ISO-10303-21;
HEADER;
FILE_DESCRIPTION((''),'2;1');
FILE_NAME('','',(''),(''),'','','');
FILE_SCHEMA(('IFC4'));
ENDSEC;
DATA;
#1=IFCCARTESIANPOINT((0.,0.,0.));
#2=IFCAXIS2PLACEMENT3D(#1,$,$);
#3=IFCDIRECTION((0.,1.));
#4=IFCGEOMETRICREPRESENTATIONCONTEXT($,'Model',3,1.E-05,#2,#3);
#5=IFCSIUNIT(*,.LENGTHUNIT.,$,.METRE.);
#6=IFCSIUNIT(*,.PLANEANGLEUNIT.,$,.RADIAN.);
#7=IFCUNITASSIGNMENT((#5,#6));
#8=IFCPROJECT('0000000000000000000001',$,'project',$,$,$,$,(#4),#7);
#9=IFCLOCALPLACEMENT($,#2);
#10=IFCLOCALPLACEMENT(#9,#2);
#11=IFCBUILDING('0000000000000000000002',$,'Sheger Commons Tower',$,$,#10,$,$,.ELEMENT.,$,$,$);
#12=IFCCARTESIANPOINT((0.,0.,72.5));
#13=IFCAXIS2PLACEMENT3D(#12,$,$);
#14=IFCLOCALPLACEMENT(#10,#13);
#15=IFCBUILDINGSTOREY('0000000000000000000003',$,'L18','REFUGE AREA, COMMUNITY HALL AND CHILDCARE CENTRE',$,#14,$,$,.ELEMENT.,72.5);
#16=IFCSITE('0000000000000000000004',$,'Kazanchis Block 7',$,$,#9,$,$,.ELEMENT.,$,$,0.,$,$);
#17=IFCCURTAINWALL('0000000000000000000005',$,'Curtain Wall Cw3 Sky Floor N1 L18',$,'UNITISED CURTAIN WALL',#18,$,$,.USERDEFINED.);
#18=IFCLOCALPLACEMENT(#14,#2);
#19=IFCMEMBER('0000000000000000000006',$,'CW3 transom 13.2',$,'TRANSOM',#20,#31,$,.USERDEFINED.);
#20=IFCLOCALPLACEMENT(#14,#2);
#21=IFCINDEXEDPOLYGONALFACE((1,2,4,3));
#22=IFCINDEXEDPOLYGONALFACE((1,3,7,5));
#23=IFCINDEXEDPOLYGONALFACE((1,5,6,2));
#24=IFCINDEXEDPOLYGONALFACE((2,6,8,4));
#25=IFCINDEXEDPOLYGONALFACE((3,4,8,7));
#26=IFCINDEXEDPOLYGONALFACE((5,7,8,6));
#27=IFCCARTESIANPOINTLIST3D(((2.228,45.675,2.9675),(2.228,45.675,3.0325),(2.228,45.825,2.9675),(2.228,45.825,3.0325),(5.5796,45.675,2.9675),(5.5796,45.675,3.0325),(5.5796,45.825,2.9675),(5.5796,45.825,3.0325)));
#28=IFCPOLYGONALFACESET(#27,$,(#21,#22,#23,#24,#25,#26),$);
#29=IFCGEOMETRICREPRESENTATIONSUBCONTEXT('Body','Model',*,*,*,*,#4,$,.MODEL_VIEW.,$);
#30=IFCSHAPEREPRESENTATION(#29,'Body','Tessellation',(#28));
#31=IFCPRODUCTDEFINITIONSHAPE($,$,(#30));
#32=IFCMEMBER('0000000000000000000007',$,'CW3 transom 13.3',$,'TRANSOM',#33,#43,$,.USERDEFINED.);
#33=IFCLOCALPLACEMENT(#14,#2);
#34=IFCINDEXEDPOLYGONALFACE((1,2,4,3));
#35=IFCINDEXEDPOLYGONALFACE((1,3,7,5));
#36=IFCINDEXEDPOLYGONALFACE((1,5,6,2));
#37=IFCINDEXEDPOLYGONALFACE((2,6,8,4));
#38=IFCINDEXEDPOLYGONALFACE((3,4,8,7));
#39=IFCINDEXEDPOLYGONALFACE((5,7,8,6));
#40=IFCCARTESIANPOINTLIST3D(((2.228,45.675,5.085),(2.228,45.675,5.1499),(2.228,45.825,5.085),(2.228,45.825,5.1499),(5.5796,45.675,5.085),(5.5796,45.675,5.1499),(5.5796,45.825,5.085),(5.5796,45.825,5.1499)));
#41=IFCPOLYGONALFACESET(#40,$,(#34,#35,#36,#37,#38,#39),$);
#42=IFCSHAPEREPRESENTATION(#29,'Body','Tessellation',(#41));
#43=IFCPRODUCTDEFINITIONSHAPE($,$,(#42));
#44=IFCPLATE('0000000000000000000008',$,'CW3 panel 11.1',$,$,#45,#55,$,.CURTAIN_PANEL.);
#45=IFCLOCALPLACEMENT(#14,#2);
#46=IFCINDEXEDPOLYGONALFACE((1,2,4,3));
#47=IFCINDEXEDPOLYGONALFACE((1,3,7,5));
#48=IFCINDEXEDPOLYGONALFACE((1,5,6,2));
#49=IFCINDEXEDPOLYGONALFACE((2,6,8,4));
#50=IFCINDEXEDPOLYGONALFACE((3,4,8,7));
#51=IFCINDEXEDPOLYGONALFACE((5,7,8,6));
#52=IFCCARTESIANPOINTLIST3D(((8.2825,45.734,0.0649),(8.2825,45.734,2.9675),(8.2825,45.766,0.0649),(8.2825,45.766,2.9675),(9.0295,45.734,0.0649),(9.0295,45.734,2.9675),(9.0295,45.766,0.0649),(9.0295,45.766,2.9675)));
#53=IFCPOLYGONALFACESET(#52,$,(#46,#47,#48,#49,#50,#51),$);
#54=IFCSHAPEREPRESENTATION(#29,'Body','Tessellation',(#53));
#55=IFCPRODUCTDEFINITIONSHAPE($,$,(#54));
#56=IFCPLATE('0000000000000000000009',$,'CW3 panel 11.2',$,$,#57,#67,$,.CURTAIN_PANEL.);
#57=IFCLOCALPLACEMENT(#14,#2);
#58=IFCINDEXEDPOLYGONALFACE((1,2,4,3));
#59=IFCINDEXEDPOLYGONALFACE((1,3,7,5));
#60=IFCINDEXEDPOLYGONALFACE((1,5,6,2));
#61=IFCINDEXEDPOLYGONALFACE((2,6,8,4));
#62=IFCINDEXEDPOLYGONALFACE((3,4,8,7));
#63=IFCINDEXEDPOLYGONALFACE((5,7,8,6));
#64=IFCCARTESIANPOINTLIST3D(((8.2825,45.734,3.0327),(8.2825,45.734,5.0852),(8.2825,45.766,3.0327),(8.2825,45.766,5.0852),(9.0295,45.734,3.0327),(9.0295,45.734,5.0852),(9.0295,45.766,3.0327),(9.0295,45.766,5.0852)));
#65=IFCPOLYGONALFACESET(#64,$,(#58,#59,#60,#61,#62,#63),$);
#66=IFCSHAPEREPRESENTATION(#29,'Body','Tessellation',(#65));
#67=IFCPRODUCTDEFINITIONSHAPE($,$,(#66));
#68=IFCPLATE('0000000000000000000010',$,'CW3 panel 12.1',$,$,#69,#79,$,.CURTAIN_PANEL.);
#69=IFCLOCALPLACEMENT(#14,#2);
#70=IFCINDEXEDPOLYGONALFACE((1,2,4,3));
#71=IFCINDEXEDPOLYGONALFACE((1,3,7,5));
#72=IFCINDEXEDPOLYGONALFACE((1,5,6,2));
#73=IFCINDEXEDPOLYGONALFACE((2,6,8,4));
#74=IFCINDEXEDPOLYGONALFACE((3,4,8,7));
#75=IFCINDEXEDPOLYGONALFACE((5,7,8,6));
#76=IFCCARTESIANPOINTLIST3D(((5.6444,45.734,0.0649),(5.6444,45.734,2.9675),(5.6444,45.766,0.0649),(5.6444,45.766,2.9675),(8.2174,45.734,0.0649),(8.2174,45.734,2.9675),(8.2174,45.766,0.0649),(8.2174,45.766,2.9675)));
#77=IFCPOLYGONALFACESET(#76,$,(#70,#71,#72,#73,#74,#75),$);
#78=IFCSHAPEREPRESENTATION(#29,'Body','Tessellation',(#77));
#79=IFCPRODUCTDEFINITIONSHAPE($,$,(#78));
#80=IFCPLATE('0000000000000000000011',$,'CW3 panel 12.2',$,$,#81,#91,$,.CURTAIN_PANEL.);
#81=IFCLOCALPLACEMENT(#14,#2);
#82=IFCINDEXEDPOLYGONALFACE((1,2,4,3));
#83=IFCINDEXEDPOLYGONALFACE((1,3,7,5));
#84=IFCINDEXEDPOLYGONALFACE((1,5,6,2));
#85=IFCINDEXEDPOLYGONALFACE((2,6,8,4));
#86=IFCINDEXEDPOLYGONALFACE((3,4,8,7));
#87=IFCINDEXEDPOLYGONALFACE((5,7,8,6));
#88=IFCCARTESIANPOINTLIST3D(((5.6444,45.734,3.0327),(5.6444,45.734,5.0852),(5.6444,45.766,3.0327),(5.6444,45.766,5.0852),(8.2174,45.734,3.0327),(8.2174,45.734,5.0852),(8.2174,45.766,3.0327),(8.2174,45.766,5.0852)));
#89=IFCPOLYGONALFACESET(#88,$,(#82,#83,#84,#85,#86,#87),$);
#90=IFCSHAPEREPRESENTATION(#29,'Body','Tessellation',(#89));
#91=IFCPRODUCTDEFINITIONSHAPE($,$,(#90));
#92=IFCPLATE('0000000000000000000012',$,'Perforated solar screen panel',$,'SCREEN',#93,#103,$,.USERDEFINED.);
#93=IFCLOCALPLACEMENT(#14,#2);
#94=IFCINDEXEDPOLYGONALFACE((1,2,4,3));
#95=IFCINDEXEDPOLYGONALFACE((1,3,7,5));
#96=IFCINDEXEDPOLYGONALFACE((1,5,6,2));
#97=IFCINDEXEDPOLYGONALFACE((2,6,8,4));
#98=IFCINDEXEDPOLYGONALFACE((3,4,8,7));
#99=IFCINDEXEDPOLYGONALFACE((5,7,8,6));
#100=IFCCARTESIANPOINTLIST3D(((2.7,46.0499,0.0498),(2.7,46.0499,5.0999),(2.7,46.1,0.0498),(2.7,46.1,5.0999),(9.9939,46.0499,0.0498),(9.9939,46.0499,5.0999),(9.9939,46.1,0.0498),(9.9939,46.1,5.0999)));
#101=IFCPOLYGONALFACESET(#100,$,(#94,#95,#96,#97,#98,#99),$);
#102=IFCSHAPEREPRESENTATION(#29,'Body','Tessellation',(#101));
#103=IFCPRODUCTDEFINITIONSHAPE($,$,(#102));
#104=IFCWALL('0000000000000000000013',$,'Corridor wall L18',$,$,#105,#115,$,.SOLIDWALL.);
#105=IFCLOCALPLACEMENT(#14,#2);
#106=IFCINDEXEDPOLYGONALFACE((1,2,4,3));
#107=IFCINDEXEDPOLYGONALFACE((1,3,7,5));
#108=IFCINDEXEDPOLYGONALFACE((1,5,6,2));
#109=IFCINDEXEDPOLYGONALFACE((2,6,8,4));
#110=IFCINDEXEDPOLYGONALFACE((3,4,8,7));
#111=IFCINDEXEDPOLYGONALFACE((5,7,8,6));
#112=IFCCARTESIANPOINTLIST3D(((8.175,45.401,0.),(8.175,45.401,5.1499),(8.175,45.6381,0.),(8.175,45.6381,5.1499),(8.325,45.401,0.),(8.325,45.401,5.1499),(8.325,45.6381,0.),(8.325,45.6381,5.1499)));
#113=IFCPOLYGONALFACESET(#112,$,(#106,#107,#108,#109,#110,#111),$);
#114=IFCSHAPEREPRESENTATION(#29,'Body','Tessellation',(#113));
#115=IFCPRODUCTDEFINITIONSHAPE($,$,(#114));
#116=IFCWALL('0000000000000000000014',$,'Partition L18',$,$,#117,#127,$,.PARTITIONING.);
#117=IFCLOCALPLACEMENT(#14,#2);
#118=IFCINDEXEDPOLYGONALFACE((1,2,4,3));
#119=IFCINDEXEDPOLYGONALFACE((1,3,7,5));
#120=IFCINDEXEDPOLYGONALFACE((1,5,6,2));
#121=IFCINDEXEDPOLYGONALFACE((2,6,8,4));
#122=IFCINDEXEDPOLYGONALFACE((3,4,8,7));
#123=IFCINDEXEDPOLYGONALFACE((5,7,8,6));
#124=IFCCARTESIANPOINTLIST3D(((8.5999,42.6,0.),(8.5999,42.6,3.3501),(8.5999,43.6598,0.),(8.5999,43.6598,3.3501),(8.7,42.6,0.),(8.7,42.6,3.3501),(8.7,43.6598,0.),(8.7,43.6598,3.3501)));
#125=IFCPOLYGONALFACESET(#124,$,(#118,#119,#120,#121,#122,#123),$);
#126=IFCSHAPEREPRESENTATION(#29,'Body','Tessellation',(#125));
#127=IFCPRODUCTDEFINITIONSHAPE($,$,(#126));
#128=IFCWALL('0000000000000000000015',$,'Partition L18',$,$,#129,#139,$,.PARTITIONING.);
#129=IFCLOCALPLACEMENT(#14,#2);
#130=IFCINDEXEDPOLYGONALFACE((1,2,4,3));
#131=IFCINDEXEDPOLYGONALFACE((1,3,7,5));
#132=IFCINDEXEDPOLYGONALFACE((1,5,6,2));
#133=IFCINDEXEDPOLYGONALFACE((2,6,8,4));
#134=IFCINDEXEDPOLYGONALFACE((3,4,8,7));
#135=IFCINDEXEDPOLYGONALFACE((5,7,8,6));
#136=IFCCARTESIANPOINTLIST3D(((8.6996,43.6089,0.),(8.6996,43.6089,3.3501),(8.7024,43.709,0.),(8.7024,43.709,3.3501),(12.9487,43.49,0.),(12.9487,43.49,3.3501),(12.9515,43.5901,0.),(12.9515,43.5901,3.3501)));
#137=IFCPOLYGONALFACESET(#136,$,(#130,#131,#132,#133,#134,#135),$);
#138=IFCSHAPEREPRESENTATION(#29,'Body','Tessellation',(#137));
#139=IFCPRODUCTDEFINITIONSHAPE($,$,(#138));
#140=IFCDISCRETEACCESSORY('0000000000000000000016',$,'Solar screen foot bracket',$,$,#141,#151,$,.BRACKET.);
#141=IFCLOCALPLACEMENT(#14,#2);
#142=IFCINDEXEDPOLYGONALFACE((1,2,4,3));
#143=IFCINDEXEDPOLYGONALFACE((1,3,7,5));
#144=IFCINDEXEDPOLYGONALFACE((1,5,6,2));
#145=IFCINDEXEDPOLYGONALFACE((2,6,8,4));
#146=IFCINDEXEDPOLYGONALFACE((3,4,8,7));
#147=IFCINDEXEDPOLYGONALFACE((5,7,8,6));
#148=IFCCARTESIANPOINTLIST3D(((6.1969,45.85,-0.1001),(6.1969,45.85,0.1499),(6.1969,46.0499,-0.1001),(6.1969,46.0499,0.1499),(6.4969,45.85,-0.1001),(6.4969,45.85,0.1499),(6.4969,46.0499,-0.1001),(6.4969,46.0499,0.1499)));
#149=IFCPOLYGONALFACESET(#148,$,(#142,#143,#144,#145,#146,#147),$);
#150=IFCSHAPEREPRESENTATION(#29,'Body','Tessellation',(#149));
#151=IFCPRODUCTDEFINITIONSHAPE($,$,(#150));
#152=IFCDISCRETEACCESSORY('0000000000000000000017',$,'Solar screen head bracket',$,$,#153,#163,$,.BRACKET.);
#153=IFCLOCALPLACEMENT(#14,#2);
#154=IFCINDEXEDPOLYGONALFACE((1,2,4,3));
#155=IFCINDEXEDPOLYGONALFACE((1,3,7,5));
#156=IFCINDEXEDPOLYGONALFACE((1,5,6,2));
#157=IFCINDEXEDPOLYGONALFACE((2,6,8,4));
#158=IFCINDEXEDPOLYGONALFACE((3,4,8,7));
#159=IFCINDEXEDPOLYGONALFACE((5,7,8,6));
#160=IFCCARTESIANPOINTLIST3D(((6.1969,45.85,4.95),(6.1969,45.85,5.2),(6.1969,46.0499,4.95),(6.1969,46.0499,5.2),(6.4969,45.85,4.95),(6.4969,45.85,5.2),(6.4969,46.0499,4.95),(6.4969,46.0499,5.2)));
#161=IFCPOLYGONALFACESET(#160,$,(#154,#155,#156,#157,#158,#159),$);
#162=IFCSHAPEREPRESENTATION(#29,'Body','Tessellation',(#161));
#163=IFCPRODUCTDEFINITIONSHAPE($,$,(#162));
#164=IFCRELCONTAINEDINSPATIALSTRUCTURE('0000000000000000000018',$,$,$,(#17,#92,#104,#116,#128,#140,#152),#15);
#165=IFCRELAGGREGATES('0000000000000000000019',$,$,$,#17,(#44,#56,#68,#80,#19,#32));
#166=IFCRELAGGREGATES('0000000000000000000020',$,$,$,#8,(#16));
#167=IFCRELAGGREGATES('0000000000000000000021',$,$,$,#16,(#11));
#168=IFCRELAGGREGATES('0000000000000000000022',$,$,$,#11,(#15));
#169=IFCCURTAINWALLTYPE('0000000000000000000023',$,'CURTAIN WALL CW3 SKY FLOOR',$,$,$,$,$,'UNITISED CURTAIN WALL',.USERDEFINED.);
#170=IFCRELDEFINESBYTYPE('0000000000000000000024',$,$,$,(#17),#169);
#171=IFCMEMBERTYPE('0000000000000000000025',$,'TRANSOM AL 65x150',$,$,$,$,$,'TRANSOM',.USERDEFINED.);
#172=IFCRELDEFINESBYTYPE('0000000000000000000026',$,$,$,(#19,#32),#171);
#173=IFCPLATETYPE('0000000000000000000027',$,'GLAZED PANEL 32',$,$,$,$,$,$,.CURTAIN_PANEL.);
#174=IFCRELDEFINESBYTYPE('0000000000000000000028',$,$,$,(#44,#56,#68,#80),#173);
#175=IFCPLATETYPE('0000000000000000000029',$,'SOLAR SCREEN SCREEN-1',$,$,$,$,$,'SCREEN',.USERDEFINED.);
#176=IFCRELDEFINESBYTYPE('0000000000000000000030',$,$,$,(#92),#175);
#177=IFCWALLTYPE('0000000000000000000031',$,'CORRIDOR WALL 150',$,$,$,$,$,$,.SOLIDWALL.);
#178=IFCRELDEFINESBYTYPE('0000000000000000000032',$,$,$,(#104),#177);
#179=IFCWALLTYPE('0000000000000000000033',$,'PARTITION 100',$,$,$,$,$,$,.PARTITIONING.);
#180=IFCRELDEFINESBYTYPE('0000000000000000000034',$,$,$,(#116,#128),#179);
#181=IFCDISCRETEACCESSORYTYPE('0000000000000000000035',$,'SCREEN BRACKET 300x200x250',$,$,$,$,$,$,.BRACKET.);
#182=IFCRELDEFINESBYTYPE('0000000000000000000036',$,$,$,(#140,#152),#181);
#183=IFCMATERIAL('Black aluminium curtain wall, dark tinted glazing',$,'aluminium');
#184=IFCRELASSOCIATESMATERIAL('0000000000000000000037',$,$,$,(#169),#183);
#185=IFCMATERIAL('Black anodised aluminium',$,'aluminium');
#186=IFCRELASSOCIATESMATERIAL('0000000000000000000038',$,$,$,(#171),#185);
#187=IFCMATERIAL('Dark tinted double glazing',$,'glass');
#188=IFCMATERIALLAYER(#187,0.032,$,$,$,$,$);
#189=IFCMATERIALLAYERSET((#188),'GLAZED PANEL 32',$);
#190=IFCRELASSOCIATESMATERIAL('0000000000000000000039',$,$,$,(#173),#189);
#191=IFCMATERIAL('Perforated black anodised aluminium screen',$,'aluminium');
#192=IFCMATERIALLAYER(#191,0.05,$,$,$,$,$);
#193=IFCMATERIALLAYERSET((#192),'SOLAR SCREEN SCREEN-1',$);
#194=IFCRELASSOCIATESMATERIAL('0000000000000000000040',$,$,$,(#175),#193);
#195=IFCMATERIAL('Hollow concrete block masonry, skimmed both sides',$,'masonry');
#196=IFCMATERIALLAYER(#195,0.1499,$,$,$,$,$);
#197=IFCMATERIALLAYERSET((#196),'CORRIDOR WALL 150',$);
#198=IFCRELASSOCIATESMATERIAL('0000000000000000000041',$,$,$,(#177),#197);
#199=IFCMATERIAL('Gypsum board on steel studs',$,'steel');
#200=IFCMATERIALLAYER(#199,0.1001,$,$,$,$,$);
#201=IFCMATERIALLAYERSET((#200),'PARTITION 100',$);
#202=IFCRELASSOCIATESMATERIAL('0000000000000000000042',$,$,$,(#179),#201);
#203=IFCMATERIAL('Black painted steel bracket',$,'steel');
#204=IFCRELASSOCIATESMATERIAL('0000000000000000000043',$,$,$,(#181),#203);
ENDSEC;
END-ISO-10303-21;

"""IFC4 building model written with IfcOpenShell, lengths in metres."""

from ifc_helpers import new_model, si_unit, direction, frame, frame_2d, origin, origin_2d, place, context, subcontext, project, spatial, rectangle, extrude, material, layer, layer_set, material_profile, profile_set, type_object, element, aggregate, save


model = new_model("IFC4")

# Units and contexts
model_context = context("Model", 3, precision=1e-05, world=origin(), true_north=direction((0.0, 1.0)))
body_context = subcontext(model_context, "Body", "Model", "MODEL_VIEW")
ifc_project = project(units=[si_unit("LENGTHUNIT", "METRE"), si_unit("PLANEANGLEUNIT", "RADIAN")], contexts=[model_context])

# Site, building, storey
site_placement = place(None, origin())
site = spatial("IfcSite", under=ifc_project, at=site_placement, Name="Kazanchis Block 7", CompositionType="ELEMENT", RefElevation=0.0)
building_placement = place(site_placement, origin())
building = spatial("IfcBuilding", under=site, at=building_placement, Name="Sheger Commons Tower", CompositionType="ELEMENT")
storey_placement = place(building_placement, frame((0.0, 0.0, 72.5)))
storey = spatial("IfcBuildingStorey", under=building, at=storey_placement, Name="L18", Description="REFUGE AREA, COMMUNITY HALL AND CHILDCARE CENTRE", CompositionType="ELEMENT", Elevation=72.5)

# Curtain wall
ifc_material_1 = material(Name="Black aluminium curtain wall, dark tinted glazing", Category="aluminium")
curtain_wall_type = type_object("IfcCurtainWallType", Name="CURTAIN WALL CW3 SKY FLOOR", ElementType="UNITISED CURTAIN WALL", PredefinedType="USERDEFINED", material=ifc_material_1)
curtain_wall_placement = place(storey_placement, origin())
curtain_wall = element("IfcCurtainWall", 1, at=curtain_wall_placement, inside=storey, type_object=curtain_wall_type, Name="Curtain Wall Cw3 Sky Floor N1 L18", ObjectType="UNITISED CURTAIN WALL", PredefinedType="USERDEFINED")

# Members
ifc_material_2 = material(Name="Black anodised aluminium", Category="aluminium")
ifc_material_profile_1 = material_profile(ifc_material_2, rectangle(XDim=0.1499, YDim=0.0649, at=origin_2d()), Name="AL 65x150")
ifc_profile_set_1 = profile_set([ifc_material_profile_1], Name="Black anodised aluminium")
member_type_1 = type_object("IfcMemberType", Name="TRANSOM AL 65x150", ElementType="TRANSOM", PredefinedType="USERDEFINED", material=ifc_profile_set_1)
member_1_placement = place(storey_placement, frame((5.5796, 45.75, 3.0), z_axis=(-1.0, 0.0, 0.0), x_axis=(0.0, -1.0, 0.0)))
member_1 = element("IfcMember", 2, at=member_1_placement, type_object=member_type_1, Name="CW3 transom 13.2", ObjectType="TRANSOM", PredefinedType="USERDEFINED", context=body_context, shape_type="SweptSolid", body=[
    extrude(rectangle(XDim=0.1499, YDim=0.0649, at=origin_2d()), origin(), (0.0, 0.0, 1.0), 3.3516),
])
member_2_placement = place(storey_placement, frame((5.5796, 45.75, 5.1174), z_axis=(-1.0, 0.0, 0.0), x_axis=(0.0, -1.0, 0.0)))
member_2 = element("IfcMember", 3, at=member_2_placement, type_object=member_type_1, Name="CW3 transom 13.3", ObjectType="TRANSOM", PredefinedType="USERDEFINED", context=body_context, shape_type="SweptSolid", body=[
    extrude(rectangle(XDim=0.1499, YDim=0.0649, at=origin_2d()), origin(), (0.0, 0.0, 1.0), 3.3516),
])

# Plates
ifc_material_3 = material(Name="Dark tinted double glazing", Category="glass")
ifc_layer_1 = layer(ifc_material_3, 0.032)
ifc_layer_set_1 = layer_set([ifc_layer_1], Name="GLAZED PANEL 32")
plate_type_1 = type_object("IfcPlateType", Name="GLAZED PANEL 32", PredefinedType="CURTAIN_PANEL", material=ifc_layer_set_1)
plate_1_placement = place(storey_placement, frame((8.656, 45.75, 0.0649), z_axis=(0.0, 0.0, 1.0), x_axis=(-1.0, 0.0, 0.0)))
plate_1 = element("IfcPlate", 4, at=plate_1_placement, type_object=plate_type_1, Name="CW3 panel 11.1", PredefinedType="CURTAIN_PANEL", context=body_context, shape_type="SweptSolid", body=[
    extrude(rectangle(XDim=0.7471, YDim=0.032, at=origin_2d()), origin(), (0.0, 0.0, 1.0), 2.9026),
])
plate_2_placement = place(storey_placement, frame((8.656, 45.75, 3.0327), z_axis=(0.0, 0.0, 1.0), x_axis=(-1.0, 0.0, 0.0)))
plate_2 = element("IfcPlate", 5, at=plate_2_placement, type_object=plate_type_1, Name="CW3 panel 11.2", PredefinedType="CURTAIN_PANEL", context=body_context, shape_type="SweptSolid", body=[
    extrude(rectangle(XDim=0.7471, YDim=0.032, at=origin_2d()), origin(), (0.0, 0.0, 1.0), 2.0525),
])
plate_3_placement = place(storey_placement, frame((6.9309, 45.75, 0.0649), z_axis=(0.0, 0.0, 1.0), x_axis=(-1.0, 0.0, 0.0)))
plate_3 = element("IfcPlate", 6, at=plate_3_placement, type_object=plate_type_1, Name="CW3 panel 12.1", PredefinedType="CURTAIN_PANEL", context=body_context, shape_type="SweptSolid", body=[
    extrude(rectangle(XDim=2.573, YDim=0.032, at=origin_2d()), origin(), (0.0, 0.0, 1.0), 2.9026),
])
plate_4_placement = place(storey_placement, frame((6.9309, 45.75, 3.0327), z_axis=(0.0, 0.0, 1.0), x_axis=(-1.0, 0.0, 0.0)))
plate_4 = element("IfcPlate", 7, at=plate_4_placement, type_object=plate_type_1, Name="CW3 panel 12.2", PredefinedType="CURTAIN_PANEL", context=body_context, shape_type="SweptSolid", body=[
    extrude(rectangle(XDim=2.573, YDim=0.032, at=origin_2d()), origin(), (0.0, 0.0, 1.0), 2.0525),
])
aggregate(curtain_wall, [plate_1, plate_2, plate_3, plate_4, member_1, member_2])
ifc_material_4 = material(Name="Perforated black anodised aluminium screen", Category="aluminium")
ifc_layer_2 = layer(ifc_material_4, 0.05)
ifc_layer_set_2 = layer_set([ifc_layer_2], Name="SOLAR SCREEN SCREEN-1")
plate_type_2 = type_object("IfcPlateType", Name="SOLAR SCREEN SCREEN-1", ElementType="SCREEN", PredefinedType="USERDEFINED", material=ifc_layer_set_2)
plate_5_placement = place(storey_placement, frame((6.3469, 46.075, 0.0498), z_axis=(0.0, 0.0, 1.0), x_axis=(-1.0, 0.0, 0.0)))
element("IfcPlate", 8, at=plate_5_placement, inside=storey, type_object=plate_type_2, Name="Perforated solar screen panel", ObjectType="SCREEN", PredefinedType="USERDEFINED", context=body_context, shape_type="SweptSolid", body=[
    extrude(rectangle(XDim=7.2939, YDim=0.05, at=origin_2d()), origin(), (0.0, 0.0, 1.0), 5.05),
])

# Walls
ifc_material_5 = material(Name="Hollow concrete block masonry, skimmed both sides", Category="masonry")
ifc_layer_3 = layer(ifc_material_5, 0.1499)
ifc_layer_set_3 = layer_set([ifc_layer_3], Name="CORRIDOR WALL 150")
wall_type_1 = type_object("IfcWallType", Name="CORRIDOR WALL 150", PredefinedType="SOLIDWALL", material=ifc_layer_set_3)
wall_1_placement = place(storey_placement, frame((8.25, 45.4009, 0.0), z_axis=(0.0, 0.0, 1.0), x_axis=(0.0, 1.0, 0.0)))
element("IfcWall", 9, at=wall_1_placement, inside=storey, type_object=wall_type_1, Name="Corridor wall L18", PredefinedType="SOLIDWALL", context=body_context, shape_type="SweptSolid", body=[
    extrude(rectangle(XDim=0.2371, YDim=0.1499, at=frame_2d((0.1187, 0.0))), origin(), (0.0, 0.0, 1.0), 5.1499),
])
ifc_material_6 = material(Name="Gypsum board on steel studs", Category="steel")
ifc_layer_4 = layer(ifc_material_6, 0.1001)
ifc_layer_set_4 = layer_set([ifc_layer_4], Name="PARTITION 100")
wall_type_2 = type_object("IfcWallType", Name="PARTITION 100", PredefinedType="PARTITIONING", material=ifc_layer_set_4)
wall_2_placement = place(storey_placement, frame((8.6499, 42.6001, 0.0), z_axis=(0.0, 0.0, 1.0), x_axis=(0.0, 1.0, 0.0)))
element("IfcWall", 10, at=wall_2_placement, inside=storey, type_object=wall_type_2, Name="Partition L18", PredefinedType="PARTITIONING", context=body_context, shape_type="SweptSolid", body=[
    extrude(rectangle(XDim=1.0598, YDim=0.1001, at=frame_2d((0.5298, 0.0))), origin(), (0.0, 0.0, 1.0), 3.3501),
])
wall_3_placement = place(storey_placement, frame((8.7009, 43.6589, 0.0), z_axis=(0.0, 0.0, 1.0), x_axis=(0.999609, -0.027971, 0.0)))
element("IfcWall", 11, at=wall_3_placement, inside=storey, type_object=wall_type_2, Name="Partition L18", PredefinedType="PARTITIONING", context=body_context, shape_type="SweptSolid", body=[
    extrude(rectangle(XDim=4.2507, YDim=0.1001, at=frame_2d((2.1255, 0.0))), origin(), (0.0, 0.0, 1.0), 3.3501),
])

# Discrete accessories
ifc_material_7 = material(Name="Black painted steel bracket", Category="steel")
discrete_accessory_type = type_object("IfcDiscreteAccessoryType", Name="SCREEN BRACKET 300x200x250", PredefinedType="BRACKET", material=ifc_material_7)
for number, where, z_axis, x_axis, name in (
    (12, (6.3469, 45.95, -0.1001), (0.0, 0.0, 1.0), (-1.0, 0.0, 0.0), "Solar screen foot bracket"),
    (13, (6.3469, 45.95, 4.95), (0.0, 0.0, 1.0), (-1.0, 0.0, 0.0), "Solar screen head bracket"),
):
    element("IfcDiscreteAccessory", number, at=place(storey_placement, frame(where, z_axis=z_axis, x_axis=x_axis)), inside=storey, type_object=discrete_accessory_type, Name=name, PredefinedType="BRACKET", context=body_context, shape_type="SweptSolid", body=[
        extrude(rectangle(XDim=0.3, YDim=0.2, at=origin_2d()), origin(), (0.0, 0.0, 1.0), 0.25),
    ])

save(model, "model.ifc")
